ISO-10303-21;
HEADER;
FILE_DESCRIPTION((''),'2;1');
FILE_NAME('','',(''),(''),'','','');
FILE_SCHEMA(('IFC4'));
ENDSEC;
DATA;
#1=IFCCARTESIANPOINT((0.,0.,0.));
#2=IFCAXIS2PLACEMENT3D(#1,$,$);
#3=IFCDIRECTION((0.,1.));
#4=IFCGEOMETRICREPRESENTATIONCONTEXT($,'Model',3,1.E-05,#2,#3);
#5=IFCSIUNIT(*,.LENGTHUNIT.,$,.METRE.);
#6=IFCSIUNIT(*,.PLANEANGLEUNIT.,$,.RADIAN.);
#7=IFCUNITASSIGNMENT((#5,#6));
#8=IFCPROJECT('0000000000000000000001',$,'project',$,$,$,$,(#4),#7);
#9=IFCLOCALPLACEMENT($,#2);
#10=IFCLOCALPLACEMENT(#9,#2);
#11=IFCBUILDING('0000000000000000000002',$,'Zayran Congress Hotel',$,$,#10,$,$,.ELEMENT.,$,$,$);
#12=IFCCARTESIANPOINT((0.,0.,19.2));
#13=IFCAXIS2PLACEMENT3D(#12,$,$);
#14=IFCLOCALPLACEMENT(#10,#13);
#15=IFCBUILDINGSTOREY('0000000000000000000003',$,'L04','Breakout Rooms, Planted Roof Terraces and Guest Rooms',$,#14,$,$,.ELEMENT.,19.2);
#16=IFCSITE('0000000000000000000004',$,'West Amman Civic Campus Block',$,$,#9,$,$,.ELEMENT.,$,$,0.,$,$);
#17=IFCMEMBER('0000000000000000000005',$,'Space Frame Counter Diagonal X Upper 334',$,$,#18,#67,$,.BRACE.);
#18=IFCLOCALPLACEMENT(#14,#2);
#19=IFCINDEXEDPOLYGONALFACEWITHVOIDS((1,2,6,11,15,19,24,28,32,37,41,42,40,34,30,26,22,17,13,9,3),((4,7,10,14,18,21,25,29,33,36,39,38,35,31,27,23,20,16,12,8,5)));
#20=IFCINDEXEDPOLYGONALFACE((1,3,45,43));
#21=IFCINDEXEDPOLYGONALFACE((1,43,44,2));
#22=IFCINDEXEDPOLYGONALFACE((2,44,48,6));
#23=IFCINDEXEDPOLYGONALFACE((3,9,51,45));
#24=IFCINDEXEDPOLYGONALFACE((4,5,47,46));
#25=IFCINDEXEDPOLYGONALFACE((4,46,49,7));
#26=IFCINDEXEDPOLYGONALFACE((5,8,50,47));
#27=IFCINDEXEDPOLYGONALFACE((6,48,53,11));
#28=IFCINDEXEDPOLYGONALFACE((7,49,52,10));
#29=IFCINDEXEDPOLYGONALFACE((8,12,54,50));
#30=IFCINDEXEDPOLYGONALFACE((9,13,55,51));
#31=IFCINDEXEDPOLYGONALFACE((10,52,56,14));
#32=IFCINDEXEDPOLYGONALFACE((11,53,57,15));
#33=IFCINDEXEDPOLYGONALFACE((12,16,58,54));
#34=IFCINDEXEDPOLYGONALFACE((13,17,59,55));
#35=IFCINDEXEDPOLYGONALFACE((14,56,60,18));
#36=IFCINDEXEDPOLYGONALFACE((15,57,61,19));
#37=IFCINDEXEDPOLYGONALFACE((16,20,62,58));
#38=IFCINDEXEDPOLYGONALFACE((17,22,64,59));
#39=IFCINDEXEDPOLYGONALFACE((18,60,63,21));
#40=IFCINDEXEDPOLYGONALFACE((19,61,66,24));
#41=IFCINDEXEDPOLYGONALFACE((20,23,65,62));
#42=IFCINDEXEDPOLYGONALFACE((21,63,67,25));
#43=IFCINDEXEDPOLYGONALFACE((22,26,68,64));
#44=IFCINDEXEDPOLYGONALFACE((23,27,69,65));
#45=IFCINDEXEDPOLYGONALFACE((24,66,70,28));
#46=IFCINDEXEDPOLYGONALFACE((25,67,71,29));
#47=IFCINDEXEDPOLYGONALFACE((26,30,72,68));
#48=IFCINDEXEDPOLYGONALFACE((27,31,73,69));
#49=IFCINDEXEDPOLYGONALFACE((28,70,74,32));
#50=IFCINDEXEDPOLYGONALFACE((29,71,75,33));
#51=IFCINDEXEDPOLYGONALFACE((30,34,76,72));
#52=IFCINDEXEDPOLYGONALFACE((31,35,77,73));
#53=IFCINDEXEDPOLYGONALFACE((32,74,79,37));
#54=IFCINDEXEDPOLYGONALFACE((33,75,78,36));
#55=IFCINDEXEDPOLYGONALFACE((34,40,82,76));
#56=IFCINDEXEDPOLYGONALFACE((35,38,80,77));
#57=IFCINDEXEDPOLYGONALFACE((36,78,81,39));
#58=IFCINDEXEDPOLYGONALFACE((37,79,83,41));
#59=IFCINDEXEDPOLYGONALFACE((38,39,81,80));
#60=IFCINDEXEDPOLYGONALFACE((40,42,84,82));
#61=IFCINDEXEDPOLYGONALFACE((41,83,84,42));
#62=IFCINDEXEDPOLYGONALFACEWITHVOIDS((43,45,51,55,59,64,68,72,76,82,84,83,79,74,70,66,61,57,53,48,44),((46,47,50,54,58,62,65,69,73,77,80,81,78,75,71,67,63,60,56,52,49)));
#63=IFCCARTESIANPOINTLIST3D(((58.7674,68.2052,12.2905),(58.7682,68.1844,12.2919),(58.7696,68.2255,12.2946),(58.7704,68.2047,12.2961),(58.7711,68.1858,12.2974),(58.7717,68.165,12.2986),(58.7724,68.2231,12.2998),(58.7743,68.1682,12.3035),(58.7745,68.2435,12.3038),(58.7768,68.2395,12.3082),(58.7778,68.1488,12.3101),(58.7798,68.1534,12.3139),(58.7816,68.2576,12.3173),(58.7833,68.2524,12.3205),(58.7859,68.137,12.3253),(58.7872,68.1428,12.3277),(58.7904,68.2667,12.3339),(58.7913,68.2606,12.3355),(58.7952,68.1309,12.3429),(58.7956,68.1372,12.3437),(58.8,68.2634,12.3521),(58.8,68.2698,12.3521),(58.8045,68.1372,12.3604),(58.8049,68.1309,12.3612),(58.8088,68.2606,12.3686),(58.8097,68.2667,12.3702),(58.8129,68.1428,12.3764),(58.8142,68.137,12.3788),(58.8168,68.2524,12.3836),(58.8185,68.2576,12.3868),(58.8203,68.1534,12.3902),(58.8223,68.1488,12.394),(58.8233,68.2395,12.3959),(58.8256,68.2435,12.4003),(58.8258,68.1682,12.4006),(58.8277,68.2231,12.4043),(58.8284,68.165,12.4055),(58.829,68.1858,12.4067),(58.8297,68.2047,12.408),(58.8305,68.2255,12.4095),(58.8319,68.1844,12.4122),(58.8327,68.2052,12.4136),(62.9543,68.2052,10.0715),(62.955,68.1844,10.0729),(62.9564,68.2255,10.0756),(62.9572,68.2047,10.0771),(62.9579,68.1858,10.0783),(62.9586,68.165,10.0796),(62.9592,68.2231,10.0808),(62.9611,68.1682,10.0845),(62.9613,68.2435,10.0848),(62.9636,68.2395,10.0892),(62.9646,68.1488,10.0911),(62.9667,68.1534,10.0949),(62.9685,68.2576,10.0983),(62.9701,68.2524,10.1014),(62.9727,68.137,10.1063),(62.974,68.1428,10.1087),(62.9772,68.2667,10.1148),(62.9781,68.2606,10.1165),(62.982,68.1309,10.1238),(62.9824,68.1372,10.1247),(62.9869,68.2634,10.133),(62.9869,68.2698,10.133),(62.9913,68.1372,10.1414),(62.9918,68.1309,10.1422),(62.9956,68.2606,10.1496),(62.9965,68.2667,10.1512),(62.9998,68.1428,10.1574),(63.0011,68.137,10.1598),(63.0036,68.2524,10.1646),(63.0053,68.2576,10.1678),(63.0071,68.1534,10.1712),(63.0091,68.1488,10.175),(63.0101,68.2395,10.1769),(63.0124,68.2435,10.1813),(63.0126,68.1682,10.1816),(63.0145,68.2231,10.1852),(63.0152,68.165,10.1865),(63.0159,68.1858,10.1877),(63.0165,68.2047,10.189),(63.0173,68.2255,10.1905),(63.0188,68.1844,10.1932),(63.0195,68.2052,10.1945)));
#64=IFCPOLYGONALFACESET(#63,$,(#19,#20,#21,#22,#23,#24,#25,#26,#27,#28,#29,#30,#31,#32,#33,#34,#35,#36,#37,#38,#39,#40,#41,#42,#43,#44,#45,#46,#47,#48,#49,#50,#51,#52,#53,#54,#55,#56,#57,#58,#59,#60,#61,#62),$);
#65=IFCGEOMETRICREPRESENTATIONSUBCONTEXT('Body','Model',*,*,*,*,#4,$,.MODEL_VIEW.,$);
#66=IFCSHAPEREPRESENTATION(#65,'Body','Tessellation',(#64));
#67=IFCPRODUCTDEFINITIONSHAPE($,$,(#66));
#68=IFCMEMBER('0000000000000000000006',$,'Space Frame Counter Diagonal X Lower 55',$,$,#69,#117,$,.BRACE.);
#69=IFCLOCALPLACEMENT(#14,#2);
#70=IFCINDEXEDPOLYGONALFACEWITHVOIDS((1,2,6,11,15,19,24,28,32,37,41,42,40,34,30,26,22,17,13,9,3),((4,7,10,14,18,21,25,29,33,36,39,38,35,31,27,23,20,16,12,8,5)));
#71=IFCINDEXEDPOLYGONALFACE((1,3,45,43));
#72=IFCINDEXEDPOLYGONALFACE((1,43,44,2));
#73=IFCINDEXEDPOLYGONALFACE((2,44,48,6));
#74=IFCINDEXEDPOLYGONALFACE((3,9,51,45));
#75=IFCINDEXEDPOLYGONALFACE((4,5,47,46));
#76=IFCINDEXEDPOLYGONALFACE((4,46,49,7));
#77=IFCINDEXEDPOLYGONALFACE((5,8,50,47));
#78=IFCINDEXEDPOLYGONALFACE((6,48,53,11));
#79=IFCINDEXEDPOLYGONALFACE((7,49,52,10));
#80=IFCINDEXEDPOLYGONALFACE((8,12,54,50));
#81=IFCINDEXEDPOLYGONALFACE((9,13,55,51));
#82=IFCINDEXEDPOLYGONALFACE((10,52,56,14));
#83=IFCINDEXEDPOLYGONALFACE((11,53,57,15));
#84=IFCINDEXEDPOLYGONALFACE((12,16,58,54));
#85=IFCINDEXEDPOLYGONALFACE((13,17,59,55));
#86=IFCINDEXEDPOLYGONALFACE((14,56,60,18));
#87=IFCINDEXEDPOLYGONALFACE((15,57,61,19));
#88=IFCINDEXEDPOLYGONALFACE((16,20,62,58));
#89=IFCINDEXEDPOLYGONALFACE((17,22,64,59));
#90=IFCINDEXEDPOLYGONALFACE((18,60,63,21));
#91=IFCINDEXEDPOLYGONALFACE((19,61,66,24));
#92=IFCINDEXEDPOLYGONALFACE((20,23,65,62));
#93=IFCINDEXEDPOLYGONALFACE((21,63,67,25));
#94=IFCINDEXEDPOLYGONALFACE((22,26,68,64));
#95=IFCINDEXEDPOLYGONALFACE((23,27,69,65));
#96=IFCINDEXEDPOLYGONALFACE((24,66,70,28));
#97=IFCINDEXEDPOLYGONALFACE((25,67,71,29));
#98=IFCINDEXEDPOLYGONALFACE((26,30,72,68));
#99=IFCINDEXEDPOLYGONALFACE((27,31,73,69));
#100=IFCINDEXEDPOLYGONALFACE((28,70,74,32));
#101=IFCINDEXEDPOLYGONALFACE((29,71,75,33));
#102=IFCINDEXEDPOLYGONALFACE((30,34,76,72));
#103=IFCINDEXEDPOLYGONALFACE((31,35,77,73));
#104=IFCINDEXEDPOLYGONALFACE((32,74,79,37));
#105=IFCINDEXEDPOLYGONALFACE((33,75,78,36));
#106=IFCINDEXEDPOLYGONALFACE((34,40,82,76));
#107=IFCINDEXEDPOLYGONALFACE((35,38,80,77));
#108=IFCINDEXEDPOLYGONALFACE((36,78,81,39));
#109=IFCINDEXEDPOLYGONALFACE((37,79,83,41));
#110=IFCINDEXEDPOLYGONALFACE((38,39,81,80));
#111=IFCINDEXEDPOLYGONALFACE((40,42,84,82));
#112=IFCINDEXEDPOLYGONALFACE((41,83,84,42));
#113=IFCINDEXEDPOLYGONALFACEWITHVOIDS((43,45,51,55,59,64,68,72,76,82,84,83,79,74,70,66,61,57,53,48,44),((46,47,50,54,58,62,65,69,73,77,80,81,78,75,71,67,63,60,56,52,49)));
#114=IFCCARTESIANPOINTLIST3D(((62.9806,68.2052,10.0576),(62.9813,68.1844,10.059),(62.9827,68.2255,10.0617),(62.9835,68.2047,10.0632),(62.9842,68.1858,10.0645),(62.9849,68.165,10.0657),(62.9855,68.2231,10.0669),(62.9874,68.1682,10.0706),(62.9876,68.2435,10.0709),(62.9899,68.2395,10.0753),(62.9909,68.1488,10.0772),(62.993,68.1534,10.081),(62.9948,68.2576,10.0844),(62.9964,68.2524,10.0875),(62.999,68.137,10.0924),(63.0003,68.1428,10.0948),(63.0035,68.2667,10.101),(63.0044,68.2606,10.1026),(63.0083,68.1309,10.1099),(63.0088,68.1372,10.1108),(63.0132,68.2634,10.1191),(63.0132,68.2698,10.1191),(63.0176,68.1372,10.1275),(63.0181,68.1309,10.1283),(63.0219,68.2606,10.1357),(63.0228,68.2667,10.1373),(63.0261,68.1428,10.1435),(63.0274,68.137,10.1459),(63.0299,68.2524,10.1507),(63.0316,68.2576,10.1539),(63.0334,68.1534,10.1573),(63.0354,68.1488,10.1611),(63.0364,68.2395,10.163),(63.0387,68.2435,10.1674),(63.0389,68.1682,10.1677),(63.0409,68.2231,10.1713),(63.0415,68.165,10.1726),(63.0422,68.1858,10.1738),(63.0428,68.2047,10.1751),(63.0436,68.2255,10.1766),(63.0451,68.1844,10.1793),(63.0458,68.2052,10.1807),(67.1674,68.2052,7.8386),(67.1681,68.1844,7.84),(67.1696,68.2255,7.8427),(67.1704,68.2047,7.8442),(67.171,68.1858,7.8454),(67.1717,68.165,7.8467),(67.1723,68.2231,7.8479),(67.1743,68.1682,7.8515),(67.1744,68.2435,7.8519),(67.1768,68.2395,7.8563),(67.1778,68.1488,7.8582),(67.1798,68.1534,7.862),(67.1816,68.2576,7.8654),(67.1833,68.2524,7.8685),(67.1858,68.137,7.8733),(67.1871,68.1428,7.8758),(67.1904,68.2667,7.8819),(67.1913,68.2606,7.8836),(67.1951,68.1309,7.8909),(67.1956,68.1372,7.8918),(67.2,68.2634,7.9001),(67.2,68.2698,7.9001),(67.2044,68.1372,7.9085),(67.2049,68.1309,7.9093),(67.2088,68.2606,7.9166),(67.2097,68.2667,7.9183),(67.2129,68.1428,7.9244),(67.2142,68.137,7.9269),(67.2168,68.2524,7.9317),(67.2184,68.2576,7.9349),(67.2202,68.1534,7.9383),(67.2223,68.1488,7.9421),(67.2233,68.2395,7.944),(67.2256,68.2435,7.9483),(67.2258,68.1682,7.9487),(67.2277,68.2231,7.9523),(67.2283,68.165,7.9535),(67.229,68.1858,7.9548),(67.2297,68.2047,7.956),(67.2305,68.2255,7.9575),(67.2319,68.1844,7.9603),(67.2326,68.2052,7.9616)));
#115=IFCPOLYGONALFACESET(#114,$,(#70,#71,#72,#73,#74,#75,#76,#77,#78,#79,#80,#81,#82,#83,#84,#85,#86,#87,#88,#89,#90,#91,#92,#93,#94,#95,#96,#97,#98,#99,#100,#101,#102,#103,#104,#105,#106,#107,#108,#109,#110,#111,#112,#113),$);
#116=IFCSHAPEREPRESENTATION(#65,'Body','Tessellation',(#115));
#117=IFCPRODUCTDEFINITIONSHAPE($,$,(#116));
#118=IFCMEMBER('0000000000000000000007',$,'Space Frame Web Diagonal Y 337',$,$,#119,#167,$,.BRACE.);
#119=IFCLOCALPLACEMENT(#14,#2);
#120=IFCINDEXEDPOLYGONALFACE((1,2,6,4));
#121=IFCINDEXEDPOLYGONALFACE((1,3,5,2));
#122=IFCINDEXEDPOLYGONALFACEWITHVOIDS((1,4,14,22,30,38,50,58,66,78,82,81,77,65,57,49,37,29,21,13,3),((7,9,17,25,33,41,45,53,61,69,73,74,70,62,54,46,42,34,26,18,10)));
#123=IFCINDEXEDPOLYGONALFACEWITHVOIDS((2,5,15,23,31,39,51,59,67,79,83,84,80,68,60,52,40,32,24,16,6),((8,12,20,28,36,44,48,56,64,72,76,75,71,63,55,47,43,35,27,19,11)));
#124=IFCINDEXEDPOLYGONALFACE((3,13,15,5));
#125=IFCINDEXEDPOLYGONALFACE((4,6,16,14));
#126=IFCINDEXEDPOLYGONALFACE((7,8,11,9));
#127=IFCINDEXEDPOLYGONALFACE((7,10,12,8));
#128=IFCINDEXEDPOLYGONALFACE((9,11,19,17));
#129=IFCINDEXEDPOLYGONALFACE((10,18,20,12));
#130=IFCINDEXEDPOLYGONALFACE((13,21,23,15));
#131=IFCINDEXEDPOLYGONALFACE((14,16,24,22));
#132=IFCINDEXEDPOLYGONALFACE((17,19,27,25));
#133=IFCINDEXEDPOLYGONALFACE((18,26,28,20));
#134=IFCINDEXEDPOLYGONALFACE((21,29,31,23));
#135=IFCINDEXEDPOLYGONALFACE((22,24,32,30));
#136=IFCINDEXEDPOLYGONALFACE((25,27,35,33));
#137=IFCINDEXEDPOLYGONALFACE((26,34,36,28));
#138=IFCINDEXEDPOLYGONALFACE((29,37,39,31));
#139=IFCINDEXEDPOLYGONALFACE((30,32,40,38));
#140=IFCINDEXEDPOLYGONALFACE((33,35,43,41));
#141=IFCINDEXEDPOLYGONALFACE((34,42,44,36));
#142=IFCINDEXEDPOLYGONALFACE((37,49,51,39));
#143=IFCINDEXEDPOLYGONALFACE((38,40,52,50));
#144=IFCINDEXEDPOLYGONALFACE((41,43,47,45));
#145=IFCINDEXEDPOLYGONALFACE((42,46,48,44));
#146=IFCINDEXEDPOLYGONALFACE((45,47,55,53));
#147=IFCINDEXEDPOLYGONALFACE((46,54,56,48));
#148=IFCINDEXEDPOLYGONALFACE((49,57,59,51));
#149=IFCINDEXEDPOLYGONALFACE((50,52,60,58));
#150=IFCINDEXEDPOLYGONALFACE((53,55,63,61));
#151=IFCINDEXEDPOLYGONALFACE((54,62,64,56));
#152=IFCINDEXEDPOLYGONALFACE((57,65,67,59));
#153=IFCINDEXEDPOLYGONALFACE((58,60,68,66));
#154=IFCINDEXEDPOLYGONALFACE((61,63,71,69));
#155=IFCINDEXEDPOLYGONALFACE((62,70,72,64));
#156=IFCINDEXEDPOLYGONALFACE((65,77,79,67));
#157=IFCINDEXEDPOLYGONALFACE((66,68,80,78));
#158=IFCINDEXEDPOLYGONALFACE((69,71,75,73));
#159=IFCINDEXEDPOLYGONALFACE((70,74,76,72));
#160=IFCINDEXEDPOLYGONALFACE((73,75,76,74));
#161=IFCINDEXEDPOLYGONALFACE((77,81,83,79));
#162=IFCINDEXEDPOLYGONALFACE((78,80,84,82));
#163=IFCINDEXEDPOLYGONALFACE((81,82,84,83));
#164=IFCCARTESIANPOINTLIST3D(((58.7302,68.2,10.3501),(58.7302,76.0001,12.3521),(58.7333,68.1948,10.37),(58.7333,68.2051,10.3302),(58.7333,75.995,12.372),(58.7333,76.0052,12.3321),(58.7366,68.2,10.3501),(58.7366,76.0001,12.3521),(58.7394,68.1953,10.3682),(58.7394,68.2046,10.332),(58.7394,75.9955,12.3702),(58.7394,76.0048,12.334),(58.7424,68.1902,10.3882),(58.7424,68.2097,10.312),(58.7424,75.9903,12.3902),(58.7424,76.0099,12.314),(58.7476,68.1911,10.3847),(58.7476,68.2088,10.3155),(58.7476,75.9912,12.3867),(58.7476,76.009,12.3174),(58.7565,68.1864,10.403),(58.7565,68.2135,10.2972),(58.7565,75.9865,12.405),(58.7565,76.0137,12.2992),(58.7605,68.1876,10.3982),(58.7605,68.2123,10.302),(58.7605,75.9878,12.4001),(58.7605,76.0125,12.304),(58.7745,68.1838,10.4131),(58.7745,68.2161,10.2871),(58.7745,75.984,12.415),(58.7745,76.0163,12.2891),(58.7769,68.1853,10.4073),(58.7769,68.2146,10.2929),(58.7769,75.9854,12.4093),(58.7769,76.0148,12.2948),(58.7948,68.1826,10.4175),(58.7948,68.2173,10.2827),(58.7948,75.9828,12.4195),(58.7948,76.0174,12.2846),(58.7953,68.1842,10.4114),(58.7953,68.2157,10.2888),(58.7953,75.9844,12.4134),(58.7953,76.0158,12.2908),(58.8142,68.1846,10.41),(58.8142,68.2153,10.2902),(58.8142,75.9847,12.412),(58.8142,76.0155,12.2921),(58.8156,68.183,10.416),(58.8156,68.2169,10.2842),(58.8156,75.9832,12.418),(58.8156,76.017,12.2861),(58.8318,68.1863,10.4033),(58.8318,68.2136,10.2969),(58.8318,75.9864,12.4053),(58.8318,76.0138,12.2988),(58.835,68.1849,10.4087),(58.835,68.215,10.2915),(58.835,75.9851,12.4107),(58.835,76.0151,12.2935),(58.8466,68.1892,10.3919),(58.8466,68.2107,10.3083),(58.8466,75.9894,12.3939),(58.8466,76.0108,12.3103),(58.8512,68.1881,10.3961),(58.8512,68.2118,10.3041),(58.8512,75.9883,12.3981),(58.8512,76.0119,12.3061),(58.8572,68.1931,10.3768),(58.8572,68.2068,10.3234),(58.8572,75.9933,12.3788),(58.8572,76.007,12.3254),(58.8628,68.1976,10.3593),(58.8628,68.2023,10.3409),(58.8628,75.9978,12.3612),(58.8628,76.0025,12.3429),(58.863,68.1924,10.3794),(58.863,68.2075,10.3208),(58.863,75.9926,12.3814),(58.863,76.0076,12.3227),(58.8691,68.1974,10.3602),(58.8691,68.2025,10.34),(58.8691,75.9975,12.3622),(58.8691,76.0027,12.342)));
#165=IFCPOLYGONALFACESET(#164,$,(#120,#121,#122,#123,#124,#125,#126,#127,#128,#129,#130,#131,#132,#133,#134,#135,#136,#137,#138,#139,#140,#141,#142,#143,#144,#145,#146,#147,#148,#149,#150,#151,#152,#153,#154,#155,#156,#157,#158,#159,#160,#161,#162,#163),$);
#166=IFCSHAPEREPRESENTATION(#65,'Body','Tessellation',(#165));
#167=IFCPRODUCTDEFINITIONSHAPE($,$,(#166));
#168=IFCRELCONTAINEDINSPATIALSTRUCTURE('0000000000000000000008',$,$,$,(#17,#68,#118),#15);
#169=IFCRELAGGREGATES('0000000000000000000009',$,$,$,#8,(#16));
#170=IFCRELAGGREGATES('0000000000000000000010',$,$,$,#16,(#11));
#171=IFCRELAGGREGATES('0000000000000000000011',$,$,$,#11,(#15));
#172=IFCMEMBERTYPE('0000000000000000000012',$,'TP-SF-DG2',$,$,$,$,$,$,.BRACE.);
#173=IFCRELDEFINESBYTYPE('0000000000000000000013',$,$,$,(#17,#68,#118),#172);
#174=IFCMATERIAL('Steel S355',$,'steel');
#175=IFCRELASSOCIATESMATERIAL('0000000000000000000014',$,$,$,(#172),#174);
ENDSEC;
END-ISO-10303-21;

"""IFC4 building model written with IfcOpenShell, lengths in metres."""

from ifc_helpers import new_model, si_unit, direction, frame, origin, origin_2d, place, context, subcontext, project, spatial, hollow_circle, extrude, material, material_profile, profile_set, type_object, element, save


model = new_model("IFC4")

# Units and contexts
model_context = context("Model", 3, precision=1e-05, world=origin(), true_north=direction((0.0, 1.0)))
body_context = subcontext(model_context, "Body", "Model", "MODEL_VIEW")
ifc_project = project(units=[si_unit("LENGTHUNIT", "METRE"), si_unit("PLANEANGLEUNIT", "RADIAN")], contexts=[model_context])

# Site, building, storey
site_placement = place(None, origin())
site = spatial("IfcSite", under=ifc_project, at=site_placement, Name="West Amman Civic Campus Block", CompositionType="ELEMENT", RefElevation=0.0)
building_placement = place(site_placement, origin())
building = spatial("IfcBuilding", under=site, at=building_placement, Name="Zayran Congress Hotel", CompositionType="ELEMENT")
storey_placement = place(building_placement, frame((0.0, 0.0, 19.2)))
storey = spatial("IfcBuildingStorey", under=building, at=storey_placement, Name="L04", Description="Breakout Rooms, Planted Roof Terraces and Guest Rooms", CompositionType="ELEMENT", Elevation=19.2)

# Shared definitions
ifc_material_1 = material(Name="Steel S355", Category="steel")

# Members
ifc_material_profile_1 = material_profile(ifc_material_1, hollow_circle(Radius=0.0698, WallThickness=0.0063, at=origin_2d()), Name="CHS 139.7x6.3")
ifc_profile_set_1 = profile_set([ifc_material_profile_1], Name="Steel S355")
member_type_1 = type_object("IfcMemberType", Name="TP-SF-DG2", PredefinedType="BRACE", material=ifc_profile_set_1)
for number, where, z_axis, x_axis, name in (
    (1, (58.8, 68.2, 12.3521), (0.883572, 0.0, -0.468295), (0.0, 1.0, 0.0), "Space Frame Counter Diagonal X Upper 334"),
    (2, (63.0132, 68.2, 10.1191), (0.883572, 0.0, -0.468295), (0.0, 1.0, 0.0), "Space Frame Counter Diagonal X Lower 55"),
):
    element("IfcMember", number, at=place(storey_placement, frame(where, z_axis=z_axis, x_axis=x_axis)), inside=storey, type_object=member_type_1, Name=name, PredefinedType="BRACE", context=body_context, shape_type="SweptSolid", body=[
        extrude(hollow_circle(Radius=0.0698, WallThickness=0.0063, at=origin_2d()), origin(), (0.0, 0.0, 1.0), 4.7385),
    ])
member_1_placement = place(storey_placement, frame((58.8, 68.2, 10.3501), z_axis=(0.0, 0.968606, 0.248601), x_axis=(-1.0, 0.0, 0.0)))
element("IfcMember", 3, at=member_1_placement, inside=storey, type_object=member_type_1, Name="Space Frame Web Diagonal Y 337", PredefinedType="BRACE", context=body_context, shape_type="SweptSolid", body=[
    extrude(hollow_circle(Radius=0.0698, WallThickness=0.0063, at=origin_2d()), origin(), (0.0, 0.0, 1.0), 8.053),
])

save(model, "model.ifc")
